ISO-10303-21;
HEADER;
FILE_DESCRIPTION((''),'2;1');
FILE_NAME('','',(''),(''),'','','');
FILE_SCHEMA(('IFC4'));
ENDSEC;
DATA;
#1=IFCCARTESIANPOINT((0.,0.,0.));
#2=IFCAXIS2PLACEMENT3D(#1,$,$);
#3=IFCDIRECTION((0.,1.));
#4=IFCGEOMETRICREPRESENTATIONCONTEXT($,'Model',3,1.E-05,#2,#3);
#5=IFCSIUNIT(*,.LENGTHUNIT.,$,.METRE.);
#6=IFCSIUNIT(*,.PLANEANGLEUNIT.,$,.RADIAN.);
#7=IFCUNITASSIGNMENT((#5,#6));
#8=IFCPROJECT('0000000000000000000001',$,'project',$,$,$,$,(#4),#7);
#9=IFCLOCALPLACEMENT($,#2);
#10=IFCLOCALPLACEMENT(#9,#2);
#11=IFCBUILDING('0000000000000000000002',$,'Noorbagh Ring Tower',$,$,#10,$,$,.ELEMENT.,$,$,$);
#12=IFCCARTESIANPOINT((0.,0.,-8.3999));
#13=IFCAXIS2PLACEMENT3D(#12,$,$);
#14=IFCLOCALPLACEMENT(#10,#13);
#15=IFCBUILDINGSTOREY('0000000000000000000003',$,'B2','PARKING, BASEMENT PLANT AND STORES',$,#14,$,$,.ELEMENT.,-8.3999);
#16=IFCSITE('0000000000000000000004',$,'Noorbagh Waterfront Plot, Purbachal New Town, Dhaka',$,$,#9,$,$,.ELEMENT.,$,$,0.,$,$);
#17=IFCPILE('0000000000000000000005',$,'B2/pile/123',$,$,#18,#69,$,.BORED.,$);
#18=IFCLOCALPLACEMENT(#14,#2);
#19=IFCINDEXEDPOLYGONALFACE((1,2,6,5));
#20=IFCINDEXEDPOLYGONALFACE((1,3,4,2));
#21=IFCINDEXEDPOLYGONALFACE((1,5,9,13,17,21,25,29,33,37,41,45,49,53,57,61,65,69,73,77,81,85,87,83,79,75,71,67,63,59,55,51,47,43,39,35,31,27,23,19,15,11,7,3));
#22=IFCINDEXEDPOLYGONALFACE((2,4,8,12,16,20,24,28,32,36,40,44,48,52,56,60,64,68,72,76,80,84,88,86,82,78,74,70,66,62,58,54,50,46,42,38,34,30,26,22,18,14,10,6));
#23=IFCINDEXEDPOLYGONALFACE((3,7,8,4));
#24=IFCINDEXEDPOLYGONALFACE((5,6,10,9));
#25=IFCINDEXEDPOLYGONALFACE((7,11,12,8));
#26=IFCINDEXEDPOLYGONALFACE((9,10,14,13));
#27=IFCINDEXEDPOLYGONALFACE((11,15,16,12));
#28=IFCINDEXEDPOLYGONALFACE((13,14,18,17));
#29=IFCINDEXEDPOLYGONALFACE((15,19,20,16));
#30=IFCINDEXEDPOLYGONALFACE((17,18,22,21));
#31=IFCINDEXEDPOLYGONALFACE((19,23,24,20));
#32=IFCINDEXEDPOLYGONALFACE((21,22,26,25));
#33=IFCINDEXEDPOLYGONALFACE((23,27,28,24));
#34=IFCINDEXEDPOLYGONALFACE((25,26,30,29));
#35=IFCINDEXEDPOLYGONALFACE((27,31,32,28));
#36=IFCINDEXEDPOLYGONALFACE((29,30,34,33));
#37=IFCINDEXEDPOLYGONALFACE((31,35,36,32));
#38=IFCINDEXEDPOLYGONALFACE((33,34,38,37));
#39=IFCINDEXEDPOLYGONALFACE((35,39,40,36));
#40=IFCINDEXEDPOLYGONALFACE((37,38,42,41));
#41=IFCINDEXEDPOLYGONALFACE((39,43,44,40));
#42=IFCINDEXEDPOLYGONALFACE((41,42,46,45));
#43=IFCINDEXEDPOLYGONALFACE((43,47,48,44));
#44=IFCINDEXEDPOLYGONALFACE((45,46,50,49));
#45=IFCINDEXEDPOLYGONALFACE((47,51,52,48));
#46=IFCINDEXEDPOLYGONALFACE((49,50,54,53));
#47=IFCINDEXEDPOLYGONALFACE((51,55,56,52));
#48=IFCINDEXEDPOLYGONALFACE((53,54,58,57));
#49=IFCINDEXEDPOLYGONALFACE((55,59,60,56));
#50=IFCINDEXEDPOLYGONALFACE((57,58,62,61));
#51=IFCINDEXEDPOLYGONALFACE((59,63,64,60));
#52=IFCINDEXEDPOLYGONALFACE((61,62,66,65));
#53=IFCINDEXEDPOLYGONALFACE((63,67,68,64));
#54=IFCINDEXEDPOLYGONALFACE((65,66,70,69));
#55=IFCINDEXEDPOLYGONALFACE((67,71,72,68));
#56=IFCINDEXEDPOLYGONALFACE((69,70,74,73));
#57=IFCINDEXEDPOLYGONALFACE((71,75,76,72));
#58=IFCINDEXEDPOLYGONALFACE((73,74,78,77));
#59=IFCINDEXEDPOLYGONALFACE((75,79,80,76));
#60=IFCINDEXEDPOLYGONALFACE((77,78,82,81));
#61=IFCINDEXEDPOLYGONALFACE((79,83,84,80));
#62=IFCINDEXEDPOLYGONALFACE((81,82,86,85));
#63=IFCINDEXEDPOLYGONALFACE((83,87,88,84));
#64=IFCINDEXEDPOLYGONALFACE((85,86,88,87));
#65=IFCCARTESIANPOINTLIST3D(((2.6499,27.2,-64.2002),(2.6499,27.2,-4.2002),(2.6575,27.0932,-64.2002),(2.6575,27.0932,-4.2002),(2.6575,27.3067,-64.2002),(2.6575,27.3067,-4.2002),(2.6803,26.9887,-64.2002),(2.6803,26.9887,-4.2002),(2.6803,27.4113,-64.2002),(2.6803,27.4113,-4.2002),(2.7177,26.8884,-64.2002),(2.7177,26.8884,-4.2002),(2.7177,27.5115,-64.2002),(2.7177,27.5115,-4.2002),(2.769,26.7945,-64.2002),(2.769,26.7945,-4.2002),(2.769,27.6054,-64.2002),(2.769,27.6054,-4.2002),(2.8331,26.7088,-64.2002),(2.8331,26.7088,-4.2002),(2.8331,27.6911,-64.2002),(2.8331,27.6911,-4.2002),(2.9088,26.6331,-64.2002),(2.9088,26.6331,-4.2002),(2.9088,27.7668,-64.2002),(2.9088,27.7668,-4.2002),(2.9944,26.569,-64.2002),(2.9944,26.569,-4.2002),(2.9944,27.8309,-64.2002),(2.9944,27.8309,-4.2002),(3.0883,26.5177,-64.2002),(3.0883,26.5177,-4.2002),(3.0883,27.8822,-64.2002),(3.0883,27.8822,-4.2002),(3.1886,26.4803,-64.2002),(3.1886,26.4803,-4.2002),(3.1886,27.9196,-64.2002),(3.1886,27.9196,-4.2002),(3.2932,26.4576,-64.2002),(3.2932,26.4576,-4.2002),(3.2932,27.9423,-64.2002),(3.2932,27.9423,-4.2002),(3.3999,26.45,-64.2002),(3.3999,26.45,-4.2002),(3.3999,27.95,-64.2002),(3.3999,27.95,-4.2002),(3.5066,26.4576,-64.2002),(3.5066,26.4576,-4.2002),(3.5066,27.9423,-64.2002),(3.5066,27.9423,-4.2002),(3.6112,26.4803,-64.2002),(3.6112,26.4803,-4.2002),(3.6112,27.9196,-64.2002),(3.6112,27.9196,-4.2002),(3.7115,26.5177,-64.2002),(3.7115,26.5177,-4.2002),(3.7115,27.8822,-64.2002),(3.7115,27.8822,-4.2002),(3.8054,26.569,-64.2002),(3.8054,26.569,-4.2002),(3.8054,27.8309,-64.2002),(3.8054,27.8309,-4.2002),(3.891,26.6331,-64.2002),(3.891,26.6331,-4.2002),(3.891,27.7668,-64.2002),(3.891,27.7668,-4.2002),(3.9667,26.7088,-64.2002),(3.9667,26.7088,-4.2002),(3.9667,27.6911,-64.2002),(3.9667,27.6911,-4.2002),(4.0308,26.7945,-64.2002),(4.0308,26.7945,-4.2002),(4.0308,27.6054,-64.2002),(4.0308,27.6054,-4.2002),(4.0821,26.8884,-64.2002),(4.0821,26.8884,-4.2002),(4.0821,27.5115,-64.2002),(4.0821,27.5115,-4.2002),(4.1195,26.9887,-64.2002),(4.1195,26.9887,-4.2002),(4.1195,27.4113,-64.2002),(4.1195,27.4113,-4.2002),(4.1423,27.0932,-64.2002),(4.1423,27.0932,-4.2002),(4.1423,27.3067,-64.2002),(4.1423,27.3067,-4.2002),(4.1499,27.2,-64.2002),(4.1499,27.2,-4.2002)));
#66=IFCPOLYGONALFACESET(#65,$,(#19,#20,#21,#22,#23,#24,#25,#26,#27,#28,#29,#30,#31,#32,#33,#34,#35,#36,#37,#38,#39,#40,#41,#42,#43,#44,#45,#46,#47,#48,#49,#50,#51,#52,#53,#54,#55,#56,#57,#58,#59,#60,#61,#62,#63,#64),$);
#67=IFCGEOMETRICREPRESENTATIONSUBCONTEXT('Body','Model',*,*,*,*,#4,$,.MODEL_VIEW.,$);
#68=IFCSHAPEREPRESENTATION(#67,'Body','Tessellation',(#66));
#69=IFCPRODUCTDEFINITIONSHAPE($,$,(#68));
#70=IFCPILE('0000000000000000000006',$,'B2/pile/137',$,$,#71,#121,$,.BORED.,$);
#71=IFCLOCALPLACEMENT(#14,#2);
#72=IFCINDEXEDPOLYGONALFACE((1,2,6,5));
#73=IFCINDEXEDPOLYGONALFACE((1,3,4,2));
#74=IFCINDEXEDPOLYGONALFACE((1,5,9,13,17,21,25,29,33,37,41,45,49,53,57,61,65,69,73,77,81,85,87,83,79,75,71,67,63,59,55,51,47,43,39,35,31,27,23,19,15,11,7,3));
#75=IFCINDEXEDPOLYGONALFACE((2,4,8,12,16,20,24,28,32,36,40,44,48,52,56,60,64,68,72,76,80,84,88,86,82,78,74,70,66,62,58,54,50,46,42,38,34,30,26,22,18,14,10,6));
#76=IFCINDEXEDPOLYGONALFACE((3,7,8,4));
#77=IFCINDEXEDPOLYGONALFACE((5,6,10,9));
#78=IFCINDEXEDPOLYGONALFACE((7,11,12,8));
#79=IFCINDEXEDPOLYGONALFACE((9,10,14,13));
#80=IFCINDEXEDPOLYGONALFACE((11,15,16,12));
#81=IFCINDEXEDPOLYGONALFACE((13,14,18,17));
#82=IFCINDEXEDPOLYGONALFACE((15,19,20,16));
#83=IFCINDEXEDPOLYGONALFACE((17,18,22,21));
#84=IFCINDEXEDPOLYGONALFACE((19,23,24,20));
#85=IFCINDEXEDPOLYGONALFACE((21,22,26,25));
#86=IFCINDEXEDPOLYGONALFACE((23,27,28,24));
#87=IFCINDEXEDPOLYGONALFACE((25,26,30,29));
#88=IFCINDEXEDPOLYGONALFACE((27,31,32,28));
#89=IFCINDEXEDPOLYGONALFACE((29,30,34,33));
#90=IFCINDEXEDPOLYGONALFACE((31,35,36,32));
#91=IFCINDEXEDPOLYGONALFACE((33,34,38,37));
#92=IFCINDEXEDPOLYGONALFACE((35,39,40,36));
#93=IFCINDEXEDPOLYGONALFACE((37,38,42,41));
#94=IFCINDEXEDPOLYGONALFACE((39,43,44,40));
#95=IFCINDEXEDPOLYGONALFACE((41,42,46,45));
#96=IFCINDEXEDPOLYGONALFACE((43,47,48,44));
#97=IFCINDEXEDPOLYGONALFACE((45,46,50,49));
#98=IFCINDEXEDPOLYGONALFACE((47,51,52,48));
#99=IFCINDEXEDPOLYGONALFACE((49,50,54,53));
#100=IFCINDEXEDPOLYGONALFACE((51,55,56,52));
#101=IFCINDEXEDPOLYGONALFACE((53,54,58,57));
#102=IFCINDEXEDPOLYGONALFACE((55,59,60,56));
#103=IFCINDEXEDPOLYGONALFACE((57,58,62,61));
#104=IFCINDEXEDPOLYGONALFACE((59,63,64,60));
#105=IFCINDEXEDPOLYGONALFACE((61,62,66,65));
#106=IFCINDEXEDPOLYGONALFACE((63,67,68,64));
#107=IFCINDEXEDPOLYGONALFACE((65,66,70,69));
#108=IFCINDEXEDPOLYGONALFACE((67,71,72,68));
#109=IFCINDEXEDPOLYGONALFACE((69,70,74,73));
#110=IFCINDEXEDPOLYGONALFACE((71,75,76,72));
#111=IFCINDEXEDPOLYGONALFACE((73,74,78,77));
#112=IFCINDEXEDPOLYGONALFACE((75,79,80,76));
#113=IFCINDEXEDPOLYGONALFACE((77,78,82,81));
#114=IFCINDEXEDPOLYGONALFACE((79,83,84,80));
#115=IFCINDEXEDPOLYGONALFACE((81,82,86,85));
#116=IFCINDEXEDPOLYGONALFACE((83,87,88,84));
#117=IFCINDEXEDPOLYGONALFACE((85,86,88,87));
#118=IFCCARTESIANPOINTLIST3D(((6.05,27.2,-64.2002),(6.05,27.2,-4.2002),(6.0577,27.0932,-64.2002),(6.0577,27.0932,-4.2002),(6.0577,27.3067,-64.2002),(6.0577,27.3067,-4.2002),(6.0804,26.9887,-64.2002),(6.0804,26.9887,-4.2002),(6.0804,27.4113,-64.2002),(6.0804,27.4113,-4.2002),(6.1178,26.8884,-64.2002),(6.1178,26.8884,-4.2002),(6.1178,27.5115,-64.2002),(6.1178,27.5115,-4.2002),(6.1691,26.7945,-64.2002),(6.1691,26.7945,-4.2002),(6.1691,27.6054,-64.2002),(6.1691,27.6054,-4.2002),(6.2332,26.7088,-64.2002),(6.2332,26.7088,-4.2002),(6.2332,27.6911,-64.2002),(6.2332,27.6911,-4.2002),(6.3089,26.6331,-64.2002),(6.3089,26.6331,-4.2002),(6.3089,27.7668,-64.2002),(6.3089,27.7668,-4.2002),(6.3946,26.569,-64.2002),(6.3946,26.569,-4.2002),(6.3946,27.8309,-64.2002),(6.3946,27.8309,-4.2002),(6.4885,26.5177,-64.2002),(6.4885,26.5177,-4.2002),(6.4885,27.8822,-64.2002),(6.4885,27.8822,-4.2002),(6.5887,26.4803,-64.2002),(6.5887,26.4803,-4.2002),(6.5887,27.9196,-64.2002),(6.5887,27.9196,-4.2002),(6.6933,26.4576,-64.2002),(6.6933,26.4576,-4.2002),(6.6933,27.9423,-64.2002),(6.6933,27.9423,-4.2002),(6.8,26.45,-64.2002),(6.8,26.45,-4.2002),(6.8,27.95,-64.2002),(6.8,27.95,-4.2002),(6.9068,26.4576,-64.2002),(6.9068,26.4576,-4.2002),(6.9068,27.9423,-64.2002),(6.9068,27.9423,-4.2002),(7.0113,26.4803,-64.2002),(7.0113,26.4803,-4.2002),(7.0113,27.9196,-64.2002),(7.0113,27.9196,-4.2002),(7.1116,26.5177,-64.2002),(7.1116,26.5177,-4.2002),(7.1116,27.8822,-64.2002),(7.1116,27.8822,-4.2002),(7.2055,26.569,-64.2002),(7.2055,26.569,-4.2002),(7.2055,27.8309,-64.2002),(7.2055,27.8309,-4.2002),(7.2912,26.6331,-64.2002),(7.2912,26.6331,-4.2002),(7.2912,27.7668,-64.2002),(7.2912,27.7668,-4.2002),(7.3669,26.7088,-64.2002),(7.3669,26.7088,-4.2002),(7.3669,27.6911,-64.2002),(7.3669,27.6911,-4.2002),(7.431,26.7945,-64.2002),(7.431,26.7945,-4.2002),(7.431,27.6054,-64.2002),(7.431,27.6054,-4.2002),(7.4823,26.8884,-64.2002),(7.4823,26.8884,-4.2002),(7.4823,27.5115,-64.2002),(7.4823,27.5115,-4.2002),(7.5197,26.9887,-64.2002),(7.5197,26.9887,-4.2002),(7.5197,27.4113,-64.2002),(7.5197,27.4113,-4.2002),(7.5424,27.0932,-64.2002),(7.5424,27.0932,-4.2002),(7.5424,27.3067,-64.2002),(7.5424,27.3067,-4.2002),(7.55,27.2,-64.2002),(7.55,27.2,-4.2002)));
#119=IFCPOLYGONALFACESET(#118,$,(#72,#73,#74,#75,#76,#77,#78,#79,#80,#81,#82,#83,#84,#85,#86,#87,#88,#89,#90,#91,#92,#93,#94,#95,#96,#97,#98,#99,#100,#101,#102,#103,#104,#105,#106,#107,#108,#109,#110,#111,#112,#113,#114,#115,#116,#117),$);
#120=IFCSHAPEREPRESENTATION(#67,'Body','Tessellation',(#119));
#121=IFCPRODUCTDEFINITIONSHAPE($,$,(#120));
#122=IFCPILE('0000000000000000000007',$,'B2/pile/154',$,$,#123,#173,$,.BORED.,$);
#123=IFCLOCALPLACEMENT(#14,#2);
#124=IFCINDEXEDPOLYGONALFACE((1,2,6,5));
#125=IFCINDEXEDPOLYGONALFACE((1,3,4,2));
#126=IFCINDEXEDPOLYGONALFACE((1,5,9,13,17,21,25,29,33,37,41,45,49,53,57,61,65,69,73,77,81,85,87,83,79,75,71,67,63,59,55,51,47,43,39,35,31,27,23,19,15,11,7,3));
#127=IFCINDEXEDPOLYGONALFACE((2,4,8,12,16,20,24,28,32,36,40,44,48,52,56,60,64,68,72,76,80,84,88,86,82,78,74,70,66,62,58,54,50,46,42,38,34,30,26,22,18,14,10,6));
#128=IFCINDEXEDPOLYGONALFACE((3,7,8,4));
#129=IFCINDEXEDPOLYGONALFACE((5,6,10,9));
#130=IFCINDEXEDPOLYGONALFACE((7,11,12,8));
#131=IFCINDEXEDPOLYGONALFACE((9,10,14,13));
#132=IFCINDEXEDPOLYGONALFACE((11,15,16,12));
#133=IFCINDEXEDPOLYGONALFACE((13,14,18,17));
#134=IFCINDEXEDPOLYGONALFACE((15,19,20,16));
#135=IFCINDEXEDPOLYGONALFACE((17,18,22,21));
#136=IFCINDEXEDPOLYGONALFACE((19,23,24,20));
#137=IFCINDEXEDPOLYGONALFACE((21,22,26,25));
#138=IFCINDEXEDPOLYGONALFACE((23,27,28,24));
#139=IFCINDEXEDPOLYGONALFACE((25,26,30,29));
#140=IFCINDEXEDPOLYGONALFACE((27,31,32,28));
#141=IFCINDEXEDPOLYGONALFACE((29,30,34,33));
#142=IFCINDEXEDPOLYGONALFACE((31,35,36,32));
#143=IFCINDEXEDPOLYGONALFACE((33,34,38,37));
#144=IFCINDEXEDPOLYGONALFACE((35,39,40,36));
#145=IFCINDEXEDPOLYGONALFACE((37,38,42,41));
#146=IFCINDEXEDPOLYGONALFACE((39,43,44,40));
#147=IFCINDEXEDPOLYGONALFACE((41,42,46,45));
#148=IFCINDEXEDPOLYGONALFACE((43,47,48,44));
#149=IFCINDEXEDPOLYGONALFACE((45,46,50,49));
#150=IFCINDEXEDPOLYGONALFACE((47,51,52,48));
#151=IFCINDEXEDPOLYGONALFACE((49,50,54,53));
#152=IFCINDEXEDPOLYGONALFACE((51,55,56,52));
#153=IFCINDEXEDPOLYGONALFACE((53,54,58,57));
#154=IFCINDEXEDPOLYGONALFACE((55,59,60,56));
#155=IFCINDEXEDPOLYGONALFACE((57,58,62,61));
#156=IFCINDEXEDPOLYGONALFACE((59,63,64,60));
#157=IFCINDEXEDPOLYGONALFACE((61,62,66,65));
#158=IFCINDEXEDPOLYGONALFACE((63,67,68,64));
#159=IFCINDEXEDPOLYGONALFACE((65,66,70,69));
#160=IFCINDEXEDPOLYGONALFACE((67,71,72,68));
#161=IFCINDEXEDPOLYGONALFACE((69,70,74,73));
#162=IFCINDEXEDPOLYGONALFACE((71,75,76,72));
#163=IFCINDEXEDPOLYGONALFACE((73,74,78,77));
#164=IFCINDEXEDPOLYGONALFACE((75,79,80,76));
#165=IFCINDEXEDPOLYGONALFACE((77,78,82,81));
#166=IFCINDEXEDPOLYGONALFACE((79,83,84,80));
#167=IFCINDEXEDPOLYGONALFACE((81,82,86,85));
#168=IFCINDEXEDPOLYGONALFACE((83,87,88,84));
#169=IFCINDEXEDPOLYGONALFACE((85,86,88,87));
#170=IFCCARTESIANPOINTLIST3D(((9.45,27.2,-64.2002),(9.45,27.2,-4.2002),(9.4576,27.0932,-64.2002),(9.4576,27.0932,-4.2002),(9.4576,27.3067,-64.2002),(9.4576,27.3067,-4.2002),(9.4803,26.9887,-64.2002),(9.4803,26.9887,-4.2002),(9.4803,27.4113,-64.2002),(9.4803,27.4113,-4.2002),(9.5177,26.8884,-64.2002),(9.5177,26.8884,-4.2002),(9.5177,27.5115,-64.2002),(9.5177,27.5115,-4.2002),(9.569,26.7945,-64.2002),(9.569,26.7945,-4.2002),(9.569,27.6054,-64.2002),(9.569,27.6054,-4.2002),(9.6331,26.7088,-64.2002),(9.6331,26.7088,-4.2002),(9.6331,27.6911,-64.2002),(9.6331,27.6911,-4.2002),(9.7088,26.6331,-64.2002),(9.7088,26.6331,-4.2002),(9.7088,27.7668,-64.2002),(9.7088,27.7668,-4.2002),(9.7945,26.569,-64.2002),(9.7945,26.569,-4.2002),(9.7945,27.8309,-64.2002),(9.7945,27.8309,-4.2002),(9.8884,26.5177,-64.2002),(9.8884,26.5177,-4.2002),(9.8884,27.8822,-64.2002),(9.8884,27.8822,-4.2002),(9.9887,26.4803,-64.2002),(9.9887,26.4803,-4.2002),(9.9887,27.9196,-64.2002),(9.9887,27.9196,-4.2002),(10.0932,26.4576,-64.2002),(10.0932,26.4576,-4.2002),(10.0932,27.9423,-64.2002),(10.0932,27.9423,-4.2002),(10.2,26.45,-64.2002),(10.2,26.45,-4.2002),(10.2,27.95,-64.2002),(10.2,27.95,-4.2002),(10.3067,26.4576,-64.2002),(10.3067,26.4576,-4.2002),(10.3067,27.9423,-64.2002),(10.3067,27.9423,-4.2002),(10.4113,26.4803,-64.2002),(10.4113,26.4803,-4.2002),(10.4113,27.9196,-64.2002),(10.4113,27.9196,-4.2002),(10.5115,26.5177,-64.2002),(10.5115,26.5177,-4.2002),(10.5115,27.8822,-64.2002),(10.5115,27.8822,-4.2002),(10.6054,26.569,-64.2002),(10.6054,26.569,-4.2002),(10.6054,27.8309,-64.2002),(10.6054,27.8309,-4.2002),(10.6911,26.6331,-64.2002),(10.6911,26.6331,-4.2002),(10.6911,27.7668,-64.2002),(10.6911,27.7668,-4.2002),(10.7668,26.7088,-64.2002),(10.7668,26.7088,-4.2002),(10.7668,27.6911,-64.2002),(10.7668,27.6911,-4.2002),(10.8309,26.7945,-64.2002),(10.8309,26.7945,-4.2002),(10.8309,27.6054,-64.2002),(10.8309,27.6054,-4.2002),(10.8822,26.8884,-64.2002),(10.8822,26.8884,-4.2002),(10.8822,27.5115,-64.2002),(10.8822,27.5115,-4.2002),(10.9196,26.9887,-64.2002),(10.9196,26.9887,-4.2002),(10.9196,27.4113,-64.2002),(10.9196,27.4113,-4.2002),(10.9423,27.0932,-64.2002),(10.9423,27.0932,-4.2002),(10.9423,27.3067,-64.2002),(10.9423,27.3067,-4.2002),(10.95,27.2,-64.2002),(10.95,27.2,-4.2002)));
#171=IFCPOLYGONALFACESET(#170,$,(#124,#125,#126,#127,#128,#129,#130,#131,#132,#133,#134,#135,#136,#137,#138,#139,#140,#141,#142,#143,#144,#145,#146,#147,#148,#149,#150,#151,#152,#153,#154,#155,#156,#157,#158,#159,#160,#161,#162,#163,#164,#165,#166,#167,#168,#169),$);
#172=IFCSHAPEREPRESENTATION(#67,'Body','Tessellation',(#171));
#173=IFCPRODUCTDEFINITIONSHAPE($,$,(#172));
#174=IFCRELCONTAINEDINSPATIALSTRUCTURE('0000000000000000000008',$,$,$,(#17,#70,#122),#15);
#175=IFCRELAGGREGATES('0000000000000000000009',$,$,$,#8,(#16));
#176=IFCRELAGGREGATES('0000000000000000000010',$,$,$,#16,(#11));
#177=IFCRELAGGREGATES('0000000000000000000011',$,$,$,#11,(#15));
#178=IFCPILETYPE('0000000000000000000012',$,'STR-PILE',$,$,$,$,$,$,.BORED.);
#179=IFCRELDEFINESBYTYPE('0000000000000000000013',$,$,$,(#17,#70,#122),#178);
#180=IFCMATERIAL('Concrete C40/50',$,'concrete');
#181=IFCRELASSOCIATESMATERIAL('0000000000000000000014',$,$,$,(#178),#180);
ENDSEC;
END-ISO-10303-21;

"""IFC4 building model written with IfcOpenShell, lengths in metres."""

from ifc_helpers import new_model, si_unit, direction, frame, origin, origin_2d, place, context, subcontext, project, spatial, circle, extrude, material, material_profile, profile_set, type_object, element, save


model = new_model("IFC4")

# Units and contexts
model_context = context("Model", 3, precision=1e-05, world=origin(), true_north=direction((0.0, 1.0)))
body_context = subcontext(model_context, "Body", "Model", "MODEL_VIEW")
ifc_project = project(units=[si_unit("LENGTHUNIT", "METRE"), si_unit("PLANEANGLEUNIT", "RADIAN")], contexts=[model_context])

# Site, building, storey
site_placement = place(None, origin())
site = spatial("IfcSite", under=ifc_project, at=site_placement, Name="Noorbagh Waterfront Plot, Purbachal New Town, Dhaka", CompositionType="ELEMENT", RefElevation=0.0)
building_placement = place(site_placement, origin())
building = spatial("IfcBuilding", under=site, at=building_placement, Name="Noorbagh Ring Tower", CompositionType="ELEMENT")
storey_placement = place(building_placement, frame((0.0, 0.0, -8.3999)))
storey = spatial("IfcBuildingStorey", under=building, at=storey_placement, Name="B2", Description="PARKING, BASEMENT PLANT AND STORES", CompositionType="ELEMENT", Elevation=-8.3999)

# Piles
ifc_material_1 = material(Name="Concrete C40/50", Category="concrete")
ifc_material_profile_1 = material_profile(ifc_material_1, circle(Radius=0.75, at=origin_2d()), Name="PILE1500")
ifc_profile_set_1 = profile_set([ifc_material_profile_1], Name="Concrete C40/50")
pile_type_1 = type_object("IfcPileType", Name="STR-PILE", PredefinedType="BORED", material=ifc_profile_set_1)
for number, where, z_axis, x_axis, name in (
    (1, (3.3999, 27.2, -4.2002), (0.0, 0.0, -1.0), (1.0, 0.0, 0.0), "B2/pile/123"),
    (2, (6.8, 27.2, -4.2002), (0.0, 0.0, -1.0), (1.0, 0.0, 0.0), "B2/pile/137"),
    (3, (10.2, 27.2, -4.2002), (0.0, 0.0, -1.0), (1.0, 0.0, 0.0), "B2/pile/154"),
):
    element("IfcPile", number, at=place(storey_placement, frame(where, z_axis=z_axis, x_axis=x_axis)), inside=storey, type_object=pile_type_1, Name=name, PredefinedType="BORED", context=body_context, shape_type="SweptSolid", body=[
        extrude(circle(Radius=0.75, at=origin_2d()), origin(), (0.0, 0.0, 1.0), 60.0),
    ])

save(model, "model.ifc")
